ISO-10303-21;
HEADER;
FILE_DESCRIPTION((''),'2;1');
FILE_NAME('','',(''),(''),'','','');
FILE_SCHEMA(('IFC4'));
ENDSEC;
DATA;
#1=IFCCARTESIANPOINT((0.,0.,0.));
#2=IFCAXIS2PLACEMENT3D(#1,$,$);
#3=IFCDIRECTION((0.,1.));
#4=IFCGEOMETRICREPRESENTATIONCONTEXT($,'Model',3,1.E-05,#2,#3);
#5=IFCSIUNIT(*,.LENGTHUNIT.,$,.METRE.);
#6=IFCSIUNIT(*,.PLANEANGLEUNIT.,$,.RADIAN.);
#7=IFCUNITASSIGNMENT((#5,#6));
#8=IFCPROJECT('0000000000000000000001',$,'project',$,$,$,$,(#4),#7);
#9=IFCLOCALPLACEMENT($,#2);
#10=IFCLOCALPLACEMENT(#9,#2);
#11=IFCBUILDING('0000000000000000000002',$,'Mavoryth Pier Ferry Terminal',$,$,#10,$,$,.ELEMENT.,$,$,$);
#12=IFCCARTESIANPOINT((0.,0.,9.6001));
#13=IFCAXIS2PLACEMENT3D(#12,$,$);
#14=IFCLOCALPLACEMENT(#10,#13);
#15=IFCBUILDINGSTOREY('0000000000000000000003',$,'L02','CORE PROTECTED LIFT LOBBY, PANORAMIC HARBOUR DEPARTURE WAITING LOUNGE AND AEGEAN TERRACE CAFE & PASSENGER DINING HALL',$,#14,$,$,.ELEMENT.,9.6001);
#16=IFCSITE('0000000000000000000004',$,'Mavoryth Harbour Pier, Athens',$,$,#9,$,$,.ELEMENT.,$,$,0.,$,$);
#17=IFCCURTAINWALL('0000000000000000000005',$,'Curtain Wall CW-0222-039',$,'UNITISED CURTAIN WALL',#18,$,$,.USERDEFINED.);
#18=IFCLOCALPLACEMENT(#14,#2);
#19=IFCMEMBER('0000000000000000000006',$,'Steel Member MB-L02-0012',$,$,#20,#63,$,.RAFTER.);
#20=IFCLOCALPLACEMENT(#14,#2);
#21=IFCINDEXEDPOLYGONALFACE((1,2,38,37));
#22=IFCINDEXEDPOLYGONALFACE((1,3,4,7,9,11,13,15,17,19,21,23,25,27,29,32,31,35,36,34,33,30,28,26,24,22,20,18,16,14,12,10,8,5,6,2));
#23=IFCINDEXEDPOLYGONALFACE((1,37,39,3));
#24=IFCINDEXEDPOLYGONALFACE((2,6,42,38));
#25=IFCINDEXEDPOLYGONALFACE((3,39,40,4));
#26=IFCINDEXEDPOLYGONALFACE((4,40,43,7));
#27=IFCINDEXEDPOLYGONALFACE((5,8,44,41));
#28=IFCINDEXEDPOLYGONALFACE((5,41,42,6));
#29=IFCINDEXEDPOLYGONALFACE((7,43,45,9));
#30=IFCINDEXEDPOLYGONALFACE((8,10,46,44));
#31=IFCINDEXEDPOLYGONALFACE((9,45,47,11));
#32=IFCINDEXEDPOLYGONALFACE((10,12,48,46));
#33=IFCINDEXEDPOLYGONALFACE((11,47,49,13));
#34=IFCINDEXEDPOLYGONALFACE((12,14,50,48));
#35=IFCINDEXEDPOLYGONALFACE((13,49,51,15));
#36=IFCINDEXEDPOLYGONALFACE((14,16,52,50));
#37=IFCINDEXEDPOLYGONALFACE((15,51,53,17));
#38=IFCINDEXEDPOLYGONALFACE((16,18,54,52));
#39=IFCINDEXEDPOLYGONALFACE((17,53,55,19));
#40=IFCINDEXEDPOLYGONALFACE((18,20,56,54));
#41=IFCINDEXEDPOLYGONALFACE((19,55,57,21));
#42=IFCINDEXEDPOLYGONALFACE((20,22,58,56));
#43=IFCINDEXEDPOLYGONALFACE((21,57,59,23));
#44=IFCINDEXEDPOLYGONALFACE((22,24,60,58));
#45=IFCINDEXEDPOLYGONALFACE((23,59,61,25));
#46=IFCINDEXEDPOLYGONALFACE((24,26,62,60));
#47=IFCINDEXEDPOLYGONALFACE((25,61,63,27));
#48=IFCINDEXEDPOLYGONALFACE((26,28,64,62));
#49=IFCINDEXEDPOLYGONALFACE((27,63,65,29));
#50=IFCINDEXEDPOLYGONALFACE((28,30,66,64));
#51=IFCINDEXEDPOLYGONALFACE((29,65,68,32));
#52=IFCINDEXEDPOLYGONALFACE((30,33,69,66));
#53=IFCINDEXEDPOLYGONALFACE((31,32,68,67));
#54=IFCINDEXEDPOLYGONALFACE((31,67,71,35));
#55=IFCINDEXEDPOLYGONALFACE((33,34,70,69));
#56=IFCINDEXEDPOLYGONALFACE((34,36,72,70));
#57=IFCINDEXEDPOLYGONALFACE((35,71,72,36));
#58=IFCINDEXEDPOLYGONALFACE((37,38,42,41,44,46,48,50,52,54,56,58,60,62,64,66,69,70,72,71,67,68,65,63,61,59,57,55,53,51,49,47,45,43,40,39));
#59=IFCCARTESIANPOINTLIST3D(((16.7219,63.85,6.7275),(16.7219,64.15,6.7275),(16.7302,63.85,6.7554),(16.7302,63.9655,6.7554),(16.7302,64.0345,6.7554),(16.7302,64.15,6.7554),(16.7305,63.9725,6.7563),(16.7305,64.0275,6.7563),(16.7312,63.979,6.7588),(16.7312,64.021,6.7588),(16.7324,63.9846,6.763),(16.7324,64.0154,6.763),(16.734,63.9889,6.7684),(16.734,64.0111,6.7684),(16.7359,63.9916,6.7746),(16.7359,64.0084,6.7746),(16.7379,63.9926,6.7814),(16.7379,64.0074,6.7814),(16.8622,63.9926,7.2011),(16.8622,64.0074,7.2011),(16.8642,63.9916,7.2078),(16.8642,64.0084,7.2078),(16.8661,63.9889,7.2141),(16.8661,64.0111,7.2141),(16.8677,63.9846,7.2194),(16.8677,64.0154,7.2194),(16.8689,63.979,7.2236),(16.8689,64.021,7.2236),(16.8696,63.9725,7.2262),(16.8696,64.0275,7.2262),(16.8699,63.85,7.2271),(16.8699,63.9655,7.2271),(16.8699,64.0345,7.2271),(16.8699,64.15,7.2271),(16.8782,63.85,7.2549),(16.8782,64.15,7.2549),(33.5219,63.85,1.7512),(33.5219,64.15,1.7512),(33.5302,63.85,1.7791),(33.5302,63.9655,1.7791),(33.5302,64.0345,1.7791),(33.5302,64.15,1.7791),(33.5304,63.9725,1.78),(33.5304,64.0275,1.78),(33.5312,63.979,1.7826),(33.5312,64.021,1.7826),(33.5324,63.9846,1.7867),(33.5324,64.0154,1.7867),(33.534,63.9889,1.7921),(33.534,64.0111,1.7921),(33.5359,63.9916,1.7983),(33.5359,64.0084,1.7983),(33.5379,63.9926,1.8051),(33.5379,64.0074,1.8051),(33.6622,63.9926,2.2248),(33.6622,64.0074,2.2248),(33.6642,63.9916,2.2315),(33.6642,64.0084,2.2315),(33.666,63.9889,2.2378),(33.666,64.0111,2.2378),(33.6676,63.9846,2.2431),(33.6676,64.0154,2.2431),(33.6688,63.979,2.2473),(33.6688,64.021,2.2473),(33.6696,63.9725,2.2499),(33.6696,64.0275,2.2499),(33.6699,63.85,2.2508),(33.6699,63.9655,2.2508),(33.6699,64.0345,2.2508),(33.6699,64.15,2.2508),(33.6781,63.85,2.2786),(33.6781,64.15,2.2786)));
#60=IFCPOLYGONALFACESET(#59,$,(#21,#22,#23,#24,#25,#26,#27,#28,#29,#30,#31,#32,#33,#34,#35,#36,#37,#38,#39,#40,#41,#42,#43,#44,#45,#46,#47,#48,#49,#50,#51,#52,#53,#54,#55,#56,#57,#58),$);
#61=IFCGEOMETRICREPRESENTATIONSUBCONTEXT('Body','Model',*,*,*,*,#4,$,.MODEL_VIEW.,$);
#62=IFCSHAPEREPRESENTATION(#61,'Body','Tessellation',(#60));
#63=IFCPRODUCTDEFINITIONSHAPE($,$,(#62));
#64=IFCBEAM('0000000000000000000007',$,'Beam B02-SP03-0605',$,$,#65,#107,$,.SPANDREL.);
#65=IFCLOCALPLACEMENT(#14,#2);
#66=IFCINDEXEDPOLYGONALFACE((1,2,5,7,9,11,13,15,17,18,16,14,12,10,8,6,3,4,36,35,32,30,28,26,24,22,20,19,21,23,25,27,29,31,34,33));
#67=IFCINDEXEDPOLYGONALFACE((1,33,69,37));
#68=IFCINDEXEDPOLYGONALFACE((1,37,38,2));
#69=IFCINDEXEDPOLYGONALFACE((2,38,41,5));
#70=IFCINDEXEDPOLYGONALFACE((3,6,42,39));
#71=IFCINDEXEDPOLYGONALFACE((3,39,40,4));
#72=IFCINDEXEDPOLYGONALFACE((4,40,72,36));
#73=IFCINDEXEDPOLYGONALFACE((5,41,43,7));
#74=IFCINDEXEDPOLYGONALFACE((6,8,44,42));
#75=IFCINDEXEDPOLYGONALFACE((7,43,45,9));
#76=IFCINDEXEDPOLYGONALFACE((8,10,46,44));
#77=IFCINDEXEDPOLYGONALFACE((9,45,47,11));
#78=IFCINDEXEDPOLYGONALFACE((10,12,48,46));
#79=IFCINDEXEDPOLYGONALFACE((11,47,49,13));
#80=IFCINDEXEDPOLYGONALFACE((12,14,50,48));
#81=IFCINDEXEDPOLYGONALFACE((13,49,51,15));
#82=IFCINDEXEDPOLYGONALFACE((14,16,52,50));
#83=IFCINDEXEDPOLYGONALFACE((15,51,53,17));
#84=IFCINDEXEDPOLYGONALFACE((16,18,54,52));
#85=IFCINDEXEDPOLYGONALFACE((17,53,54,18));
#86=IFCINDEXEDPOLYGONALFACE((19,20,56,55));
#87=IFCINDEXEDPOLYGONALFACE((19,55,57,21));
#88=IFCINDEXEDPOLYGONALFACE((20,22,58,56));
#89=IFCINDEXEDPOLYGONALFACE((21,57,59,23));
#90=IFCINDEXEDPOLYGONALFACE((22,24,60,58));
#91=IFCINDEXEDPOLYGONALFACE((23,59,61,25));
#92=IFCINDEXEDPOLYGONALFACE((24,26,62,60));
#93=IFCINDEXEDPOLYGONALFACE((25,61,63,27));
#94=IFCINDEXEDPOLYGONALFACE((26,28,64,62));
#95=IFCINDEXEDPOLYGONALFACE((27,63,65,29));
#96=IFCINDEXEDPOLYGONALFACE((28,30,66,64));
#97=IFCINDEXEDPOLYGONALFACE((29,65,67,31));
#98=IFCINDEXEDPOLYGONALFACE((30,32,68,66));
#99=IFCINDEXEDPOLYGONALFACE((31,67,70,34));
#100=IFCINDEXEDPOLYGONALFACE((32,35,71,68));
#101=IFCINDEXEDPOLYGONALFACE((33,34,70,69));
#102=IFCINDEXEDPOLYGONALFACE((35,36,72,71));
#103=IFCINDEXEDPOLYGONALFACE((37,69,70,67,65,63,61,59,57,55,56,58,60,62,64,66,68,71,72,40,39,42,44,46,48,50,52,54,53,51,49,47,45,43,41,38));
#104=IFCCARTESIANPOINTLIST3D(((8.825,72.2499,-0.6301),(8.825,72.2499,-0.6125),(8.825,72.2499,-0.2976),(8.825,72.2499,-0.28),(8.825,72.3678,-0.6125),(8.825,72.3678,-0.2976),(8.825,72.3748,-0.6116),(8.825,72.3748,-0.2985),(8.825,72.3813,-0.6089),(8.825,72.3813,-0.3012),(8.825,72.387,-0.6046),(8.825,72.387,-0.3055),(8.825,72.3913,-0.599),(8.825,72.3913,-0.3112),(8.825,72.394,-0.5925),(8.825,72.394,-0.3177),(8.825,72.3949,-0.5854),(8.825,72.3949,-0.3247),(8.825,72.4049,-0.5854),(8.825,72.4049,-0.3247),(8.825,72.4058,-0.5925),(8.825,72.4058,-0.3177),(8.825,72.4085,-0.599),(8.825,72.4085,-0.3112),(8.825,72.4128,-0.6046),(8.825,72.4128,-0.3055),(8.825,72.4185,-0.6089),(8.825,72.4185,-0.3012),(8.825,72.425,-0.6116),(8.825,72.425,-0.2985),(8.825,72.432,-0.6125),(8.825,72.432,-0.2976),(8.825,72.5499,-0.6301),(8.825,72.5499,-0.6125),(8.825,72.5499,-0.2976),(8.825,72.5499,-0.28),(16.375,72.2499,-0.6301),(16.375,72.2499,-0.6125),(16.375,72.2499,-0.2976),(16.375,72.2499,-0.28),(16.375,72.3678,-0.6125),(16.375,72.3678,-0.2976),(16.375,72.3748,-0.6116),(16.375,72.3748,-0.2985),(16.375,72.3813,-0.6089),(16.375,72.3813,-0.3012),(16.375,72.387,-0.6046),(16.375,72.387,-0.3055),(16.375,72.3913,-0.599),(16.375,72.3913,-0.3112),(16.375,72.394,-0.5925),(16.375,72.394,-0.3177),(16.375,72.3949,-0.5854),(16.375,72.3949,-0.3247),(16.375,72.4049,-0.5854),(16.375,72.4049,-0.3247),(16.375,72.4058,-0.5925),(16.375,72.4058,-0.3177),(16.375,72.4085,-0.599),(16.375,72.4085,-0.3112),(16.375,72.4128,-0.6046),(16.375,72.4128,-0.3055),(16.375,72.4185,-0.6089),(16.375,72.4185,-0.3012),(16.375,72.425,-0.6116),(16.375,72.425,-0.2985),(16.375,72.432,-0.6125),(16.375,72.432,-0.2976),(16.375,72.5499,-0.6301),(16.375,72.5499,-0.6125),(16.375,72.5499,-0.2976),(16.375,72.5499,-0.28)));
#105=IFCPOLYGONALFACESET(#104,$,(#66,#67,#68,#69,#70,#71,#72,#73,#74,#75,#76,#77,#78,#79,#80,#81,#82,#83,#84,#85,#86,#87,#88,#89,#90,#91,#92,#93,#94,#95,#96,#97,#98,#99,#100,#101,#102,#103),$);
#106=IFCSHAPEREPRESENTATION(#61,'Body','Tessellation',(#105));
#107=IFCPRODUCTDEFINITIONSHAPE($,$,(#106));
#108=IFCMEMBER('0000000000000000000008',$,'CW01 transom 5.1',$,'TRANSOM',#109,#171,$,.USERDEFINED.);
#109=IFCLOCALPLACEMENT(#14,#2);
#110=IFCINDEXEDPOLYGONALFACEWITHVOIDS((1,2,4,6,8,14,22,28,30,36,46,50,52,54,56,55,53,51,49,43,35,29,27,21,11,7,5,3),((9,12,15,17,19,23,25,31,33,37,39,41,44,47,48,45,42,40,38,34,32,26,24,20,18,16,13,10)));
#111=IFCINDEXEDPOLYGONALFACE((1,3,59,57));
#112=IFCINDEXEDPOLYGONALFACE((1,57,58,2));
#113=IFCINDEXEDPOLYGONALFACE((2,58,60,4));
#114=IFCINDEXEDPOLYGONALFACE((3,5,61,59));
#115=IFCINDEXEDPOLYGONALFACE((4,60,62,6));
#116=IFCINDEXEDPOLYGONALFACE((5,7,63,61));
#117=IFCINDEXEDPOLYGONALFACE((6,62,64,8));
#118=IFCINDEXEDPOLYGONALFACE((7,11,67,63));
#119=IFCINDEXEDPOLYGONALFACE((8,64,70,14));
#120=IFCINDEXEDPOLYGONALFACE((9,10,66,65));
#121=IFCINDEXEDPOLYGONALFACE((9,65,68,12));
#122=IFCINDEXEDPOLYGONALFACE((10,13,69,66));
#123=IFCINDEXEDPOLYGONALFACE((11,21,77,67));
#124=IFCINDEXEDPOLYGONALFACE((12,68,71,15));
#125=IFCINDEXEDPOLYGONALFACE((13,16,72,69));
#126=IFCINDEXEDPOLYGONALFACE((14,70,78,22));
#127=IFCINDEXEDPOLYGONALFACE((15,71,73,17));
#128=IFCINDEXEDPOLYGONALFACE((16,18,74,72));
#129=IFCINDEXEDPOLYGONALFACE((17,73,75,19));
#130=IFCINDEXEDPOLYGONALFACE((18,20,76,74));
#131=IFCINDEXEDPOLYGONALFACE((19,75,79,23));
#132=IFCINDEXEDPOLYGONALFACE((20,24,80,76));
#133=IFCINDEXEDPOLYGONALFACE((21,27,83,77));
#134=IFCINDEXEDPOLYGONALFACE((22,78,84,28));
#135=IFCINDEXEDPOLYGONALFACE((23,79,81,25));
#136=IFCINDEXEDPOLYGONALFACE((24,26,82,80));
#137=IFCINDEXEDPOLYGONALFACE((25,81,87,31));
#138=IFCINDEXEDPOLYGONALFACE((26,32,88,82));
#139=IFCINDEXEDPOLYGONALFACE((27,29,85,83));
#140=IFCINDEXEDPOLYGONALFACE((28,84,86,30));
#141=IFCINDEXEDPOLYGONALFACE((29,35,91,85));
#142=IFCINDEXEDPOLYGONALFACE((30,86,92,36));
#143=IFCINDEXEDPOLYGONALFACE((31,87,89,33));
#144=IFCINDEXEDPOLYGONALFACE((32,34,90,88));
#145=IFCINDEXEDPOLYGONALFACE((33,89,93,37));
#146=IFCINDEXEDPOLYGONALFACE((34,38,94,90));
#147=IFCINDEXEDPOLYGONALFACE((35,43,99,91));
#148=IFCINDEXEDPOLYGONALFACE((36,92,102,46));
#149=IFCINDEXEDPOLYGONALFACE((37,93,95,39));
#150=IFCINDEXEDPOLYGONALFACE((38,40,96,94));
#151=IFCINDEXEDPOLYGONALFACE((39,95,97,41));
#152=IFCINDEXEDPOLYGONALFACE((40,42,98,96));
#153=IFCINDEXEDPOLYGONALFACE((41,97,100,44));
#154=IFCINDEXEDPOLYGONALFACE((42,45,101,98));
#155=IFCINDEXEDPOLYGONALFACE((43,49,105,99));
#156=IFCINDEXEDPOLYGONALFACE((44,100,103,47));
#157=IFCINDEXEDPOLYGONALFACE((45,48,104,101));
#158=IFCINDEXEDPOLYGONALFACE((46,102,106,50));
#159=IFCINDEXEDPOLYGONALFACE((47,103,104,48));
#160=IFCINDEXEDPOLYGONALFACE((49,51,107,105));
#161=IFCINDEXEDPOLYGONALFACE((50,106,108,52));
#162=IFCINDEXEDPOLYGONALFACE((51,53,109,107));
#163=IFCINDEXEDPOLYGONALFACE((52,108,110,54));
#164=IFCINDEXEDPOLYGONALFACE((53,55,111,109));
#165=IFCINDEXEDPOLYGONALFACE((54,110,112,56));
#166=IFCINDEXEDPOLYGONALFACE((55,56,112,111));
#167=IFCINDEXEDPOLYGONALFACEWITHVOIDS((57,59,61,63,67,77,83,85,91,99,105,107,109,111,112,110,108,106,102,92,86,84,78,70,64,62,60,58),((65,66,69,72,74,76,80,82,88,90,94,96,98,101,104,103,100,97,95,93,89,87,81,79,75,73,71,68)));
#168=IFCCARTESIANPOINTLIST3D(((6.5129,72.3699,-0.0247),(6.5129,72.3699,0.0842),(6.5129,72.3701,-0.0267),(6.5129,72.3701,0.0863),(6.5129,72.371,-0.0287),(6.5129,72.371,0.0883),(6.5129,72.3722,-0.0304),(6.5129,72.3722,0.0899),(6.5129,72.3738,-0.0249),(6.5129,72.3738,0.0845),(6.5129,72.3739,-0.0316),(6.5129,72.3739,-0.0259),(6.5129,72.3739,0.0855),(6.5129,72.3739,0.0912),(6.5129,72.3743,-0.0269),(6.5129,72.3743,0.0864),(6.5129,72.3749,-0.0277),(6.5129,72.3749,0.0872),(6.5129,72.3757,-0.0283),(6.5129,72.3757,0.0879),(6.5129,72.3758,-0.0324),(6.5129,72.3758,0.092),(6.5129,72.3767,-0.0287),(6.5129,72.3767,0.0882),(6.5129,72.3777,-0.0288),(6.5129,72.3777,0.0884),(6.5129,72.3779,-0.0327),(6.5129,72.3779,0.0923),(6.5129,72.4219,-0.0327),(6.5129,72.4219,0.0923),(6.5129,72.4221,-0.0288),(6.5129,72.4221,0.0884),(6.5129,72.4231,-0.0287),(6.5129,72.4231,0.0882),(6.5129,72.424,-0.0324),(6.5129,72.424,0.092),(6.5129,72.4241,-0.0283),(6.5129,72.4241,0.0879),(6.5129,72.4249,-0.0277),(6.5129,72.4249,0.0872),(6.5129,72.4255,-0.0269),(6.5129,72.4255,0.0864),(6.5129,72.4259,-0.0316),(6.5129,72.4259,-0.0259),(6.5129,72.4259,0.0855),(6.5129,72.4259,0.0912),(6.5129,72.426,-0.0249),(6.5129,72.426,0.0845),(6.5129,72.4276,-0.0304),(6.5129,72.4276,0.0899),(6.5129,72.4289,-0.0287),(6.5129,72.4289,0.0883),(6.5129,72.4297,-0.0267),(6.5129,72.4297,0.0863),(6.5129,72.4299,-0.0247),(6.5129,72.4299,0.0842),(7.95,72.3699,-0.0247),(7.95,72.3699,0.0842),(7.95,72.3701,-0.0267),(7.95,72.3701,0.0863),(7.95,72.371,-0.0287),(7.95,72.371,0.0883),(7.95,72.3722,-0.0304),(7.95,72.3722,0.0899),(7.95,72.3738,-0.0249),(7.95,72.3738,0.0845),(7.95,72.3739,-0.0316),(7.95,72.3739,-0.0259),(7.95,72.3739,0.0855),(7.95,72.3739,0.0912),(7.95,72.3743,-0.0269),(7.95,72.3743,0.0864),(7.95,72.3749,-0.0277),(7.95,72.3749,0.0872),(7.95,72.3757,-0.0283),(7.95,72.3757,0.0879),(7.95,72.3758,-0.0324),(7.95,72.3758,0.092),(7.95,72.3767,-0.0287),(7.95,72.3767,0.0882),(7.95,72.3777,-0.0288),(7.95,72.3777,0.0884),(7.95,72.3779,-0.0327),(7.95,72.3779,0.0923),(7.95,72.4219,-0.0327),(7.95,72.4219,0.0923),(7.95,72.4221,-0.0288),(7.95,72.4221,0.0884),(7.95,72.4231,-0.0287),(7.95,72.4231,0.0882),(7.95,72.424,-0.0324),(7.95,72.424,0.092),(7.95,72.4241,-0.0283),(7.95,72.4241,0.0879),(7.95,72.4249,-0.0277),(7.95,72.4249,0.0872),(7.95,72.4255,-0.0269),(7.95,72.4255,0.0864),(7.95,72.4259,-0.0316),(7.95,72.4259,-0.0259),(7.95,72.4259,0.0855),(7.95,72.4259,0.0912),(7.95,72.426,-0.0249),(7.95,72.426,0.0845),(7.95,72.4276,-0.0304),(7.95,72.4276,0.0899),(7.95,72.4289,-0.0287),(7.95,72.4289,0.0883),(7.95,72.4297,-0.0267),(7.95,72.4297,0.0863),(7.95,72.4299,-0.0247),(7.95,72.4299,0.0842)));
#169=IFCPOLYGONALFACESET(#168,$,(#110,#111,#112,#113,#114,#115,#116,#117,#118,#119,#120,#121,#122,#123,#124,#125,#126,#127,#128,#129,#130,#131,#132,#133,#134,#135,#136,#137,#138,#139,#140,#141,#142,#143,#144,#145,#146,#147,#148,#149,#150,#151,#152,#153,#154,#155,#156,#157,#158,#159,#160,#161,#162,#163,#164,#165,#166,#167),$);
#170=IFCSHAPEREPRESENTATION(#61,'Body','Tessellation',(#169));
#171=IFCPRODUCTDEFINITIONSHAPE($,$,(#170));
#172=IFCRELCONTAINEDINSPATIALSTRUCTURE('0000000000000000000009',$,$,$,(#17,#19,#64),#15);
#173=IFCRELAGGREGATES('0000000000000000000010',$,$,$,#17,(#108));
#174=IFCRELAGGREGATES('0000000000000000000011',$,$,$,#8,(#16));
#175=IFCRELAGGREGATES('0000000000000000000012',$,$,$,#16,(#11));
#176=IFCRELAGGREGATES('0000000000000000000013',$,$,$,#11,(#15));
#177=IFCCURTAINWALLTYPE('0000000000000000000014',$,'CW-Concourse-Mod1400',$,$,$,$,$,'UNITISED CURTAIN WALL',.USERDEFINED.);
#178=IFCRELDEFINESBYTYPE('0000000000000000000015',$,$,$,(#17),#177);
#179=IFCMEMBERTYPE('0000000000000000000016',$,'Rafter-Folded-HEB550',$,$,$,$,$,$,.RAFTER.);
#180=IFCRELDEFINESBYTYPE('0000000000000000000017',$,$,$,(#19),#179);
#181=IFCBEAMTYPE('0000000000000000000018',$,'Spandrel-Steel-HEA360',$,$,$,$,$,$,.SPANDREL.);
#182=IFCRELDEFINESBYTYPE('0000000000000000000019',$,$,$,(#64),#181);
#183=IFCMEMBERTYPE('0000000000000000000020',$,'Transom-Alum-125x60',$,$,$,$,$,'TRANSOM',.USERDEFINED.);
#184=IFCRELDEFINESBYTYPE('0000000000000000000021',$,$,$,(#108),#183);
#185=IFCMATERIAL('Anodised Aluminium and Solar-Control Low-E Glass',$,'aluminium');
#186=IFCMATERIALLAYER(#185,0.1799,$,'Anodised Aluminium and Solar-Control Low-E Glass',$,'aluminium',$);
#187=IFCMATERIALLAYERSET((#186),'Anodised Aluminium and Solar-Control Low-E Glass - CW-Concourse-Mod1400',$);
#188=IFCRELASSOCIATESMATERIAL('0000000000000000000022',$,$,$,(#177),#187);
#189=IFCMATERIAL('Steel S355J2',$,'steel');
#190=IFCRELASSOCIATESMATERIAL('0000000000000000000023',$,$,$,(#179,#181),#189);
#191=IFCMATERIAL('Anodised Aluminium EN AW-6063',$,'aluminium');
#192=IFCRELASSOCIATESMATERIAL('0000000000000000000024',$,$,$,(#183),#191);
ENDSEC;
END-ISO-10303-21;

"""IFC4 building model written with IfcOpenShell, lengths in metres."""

from ifc_helpers import new_model, si_unit, direction, frame, origin, origin_2d, place, context, subcontext, project, spatial, hollow_rectangle, i_section, extrude, material, layer, layer_set, material_profile, profile_set, type_object, element, aggregate, save


model = new_model("IFC4")

# Units and contexts
model_context = context("Model", 3, precision=1e-05, world=origin(), true_north=direction((0.0, 1.0)))
body_context = subcontext(model_context, "Body", "Model", "MODEL_VIEW")
ifc_project = project(units=[si_unit("LENGTHUNIT", "METRE"), si_unit("PLANEANGLEUNIT", "RADIAN")], contexts=[model_context])

# Site, building, storey
site_placement = place(None, origin())
site = spatial("IfcSite", under=ifc_project, at=site_placement, Name="Mavoryth Harbour Pier, Athens", CompositionType="ELEMENT", RefElevation=0.0)
building_placement = place(site_placement, origin())
building = spatial("IfcBuilding", under=site, at=building_placement, Name="Mavoryth Pier Ferry Terminal", CompositionType="ELEMENT")
storey_placement = place(building_placement, frame((0.0, 0.0, 9.6001)))
storey = spatial("IfcBuildingStorey", under=building, at=storey_placement, Name="L02", Description="CORE PROTECTED LIFT LOBBY, PANORAMIC HARBOUR DEPARTURE WAITING LOUNGE AND AEGEAN TERRACE CAFE & PASSENGER DINING HALL", CompositionType="ELEMENT", Elevation=9.6001)

# Shared definitions
ifc_material_1 = material(Name="Steel S355J2", Category="steel")

# Curtain wall
ifc_material_2 = material(Name="Anodised Aluminium and Solar-Control Low-E Glass", Category="aluminium")
ifc_layer_1 = layer(ifc_material_2, 0.1799, Name="Anodised Aluminium and Solar-Control Low-E Glass", Category="aluminium")
ifc_layer_set_1 = layer_set([ifc_layer_1], Name="Anodised Aluminium and Solar-Control Low-E Glass - CW-Concourse-Mod1400")
curtain_wall_type = type_object("IfcCurtainWallType", Name="CW-Concourse-Mod1400", ElementType="UNITISED CURTAIN WALL", PredefinedType="USERDEFINED", material=ifc_layer_set_1)
curtain_wall_1_placement = place(storey_placement, origin())
curtain_wall_1 = element("IfcCurtainWall", 1, at=curtain_wall_1_placement, inside=storey, type_object=curtain_wall_type, Name="Curtain Wall CW-0222-039", ObjectType="UNITISED CURTAIN WALL", PredefinedType="USERDEFINED")
ifc_material_3 = material(Name="Anodised Aluminium EN AW-6063", Category="aluminium")

# Member
ifc_material_profile_1 = material_profile(ifc_material_1, i_section(OverallWidth=0.3, OverallDepth=0.55, WebThickness=0.0149, FlangeThickness=0.0291, FilletRadius=0.0271, at=origin_2d()), Name="HEB 550", Category="steel")
ifc_profile_set_1 = profile_set([ifc_material_profile_1], Name="Steel S355J2 - HEB 550")
member_type_1 = type_object("IfcMemberType", Name="Rafter-Folded-HEB550", PredefinedType="RAFTER", material=ifc_profile_set_1)
for number, where, z_axis, x_axis, name in (
    (2, (16.8, 64.0, 6.9912), (0.958821, 0.0, -0.284011), (0.0, 1.0, 0.0), "Steel Member MB-L02-0012"),
):
    element("IfcMember", number, at=place(storey_placement, frame(where, z_axis=z_axis, x_axis=x_axis)), inside=storey, type_object=member_type_1, Name=name, PredefinedType="RAFTER", context=body_context, shape_type="SweptSolid", body=[
        extrude(i_section(OverallWidth=0.3, OverallDepth=0.55, WebThickness=0.0149, FlangeThickness=0.0291, FilletRadius=0.0271, at=origin_2d()), origin(), (0.0, 0.0, 1.0), 17.5215),
    ])

# Beam
ifc_material_profile_2 = material_profile(ifc_material_1, i_section(OverallWidth=0.3, OverallDepth=0.3501, WebThickness=0.01, FlangeThickness=0.0176, FilletRadius=0.0271, at=origin_2d()), Name="HEA 360", Category="steel")
ifc_profile_set_2 = profile_set([ifc_material_profile_2], Name="Steel S355J2 - HEA 360")
beam_type = type_object("IfcBeamType", Name="Spandrel-Steel-HEA360", PredefinedType="SPANDREL", material=ifc_profile_set_2)
beam_placement = place(storey_placement, frame((8.825, 72.3999, -0.4551), z_axis=(1.0, 0.0, 0.0), x_axis=(0.0, 1.0, 0.0)))
element("IfcBeam", 3, at=beam_placement, inside=storey, type_object=beam_type, Name="Beam B02-SP03-0605", PredefinedType="SPANDREL", context=body_context, shape_type="SweptSolid", body=[
    extrude(i_section(OverallWidth=0.3, OverallDepth=0.3501, WebThickness=0.01, FlangeThickness=0.0176, FilletRadius=0.0271, at=origin_2d()), origin(), (0.0, 0.0, 1.0), 7.55),
])

# Member
ifc_material_profile_3 = material_profile(ifc_material_3, hollow_rectangle(XDim=0.0601, YDim=0.125, WallThickness=0.0039, InnerFilletRadius=0.0039, OuterFilletRadius=0.0081, at=origin_2d()), Name="AL-TRAN 125x60x4", Category="aluminium")
ifc_profile_set_3 = profile_set([ifc_material_profile_3], Name="Anodised Aluminium EN AW-6063 - AL-TRAN 125x60x4")
member_type_2 = type_object("IfcMemberType", Name="Transom-Alum-125x60", ElementType="TRANSOM", PredefinedType="USERDEFINED", material=ifc_profile_set_3)
member_1_placement = place(storey_placement, frame((6.5129, 72.3999, 0.0298), z_axis=(1.0, 0.0, 0.0), x_axis=(0.0, 1.0, 0.0)))
member_1 = element("IfcMember", 4, at=member_1_placement, type_object=member_type_2, Name="CW01 transom 5.1", ObjectType="TRANSOM", PredefinedType="USERDEFINED", context=body_context, shape_type="SweptSolid", body=[
    extrude(hollow_rectangle(XDim=0.0601, YDim=0.125, WallThickness=0.0039, InnerFilletRadius=0.0039, OuterFilletRadius=0.0081, at=origin_2d()), origin(), (0.0, 0.0, 1.0), 1.437),
])

aggregate(curtain_wall_1, [member_1])

save(model, "model.ifc")
